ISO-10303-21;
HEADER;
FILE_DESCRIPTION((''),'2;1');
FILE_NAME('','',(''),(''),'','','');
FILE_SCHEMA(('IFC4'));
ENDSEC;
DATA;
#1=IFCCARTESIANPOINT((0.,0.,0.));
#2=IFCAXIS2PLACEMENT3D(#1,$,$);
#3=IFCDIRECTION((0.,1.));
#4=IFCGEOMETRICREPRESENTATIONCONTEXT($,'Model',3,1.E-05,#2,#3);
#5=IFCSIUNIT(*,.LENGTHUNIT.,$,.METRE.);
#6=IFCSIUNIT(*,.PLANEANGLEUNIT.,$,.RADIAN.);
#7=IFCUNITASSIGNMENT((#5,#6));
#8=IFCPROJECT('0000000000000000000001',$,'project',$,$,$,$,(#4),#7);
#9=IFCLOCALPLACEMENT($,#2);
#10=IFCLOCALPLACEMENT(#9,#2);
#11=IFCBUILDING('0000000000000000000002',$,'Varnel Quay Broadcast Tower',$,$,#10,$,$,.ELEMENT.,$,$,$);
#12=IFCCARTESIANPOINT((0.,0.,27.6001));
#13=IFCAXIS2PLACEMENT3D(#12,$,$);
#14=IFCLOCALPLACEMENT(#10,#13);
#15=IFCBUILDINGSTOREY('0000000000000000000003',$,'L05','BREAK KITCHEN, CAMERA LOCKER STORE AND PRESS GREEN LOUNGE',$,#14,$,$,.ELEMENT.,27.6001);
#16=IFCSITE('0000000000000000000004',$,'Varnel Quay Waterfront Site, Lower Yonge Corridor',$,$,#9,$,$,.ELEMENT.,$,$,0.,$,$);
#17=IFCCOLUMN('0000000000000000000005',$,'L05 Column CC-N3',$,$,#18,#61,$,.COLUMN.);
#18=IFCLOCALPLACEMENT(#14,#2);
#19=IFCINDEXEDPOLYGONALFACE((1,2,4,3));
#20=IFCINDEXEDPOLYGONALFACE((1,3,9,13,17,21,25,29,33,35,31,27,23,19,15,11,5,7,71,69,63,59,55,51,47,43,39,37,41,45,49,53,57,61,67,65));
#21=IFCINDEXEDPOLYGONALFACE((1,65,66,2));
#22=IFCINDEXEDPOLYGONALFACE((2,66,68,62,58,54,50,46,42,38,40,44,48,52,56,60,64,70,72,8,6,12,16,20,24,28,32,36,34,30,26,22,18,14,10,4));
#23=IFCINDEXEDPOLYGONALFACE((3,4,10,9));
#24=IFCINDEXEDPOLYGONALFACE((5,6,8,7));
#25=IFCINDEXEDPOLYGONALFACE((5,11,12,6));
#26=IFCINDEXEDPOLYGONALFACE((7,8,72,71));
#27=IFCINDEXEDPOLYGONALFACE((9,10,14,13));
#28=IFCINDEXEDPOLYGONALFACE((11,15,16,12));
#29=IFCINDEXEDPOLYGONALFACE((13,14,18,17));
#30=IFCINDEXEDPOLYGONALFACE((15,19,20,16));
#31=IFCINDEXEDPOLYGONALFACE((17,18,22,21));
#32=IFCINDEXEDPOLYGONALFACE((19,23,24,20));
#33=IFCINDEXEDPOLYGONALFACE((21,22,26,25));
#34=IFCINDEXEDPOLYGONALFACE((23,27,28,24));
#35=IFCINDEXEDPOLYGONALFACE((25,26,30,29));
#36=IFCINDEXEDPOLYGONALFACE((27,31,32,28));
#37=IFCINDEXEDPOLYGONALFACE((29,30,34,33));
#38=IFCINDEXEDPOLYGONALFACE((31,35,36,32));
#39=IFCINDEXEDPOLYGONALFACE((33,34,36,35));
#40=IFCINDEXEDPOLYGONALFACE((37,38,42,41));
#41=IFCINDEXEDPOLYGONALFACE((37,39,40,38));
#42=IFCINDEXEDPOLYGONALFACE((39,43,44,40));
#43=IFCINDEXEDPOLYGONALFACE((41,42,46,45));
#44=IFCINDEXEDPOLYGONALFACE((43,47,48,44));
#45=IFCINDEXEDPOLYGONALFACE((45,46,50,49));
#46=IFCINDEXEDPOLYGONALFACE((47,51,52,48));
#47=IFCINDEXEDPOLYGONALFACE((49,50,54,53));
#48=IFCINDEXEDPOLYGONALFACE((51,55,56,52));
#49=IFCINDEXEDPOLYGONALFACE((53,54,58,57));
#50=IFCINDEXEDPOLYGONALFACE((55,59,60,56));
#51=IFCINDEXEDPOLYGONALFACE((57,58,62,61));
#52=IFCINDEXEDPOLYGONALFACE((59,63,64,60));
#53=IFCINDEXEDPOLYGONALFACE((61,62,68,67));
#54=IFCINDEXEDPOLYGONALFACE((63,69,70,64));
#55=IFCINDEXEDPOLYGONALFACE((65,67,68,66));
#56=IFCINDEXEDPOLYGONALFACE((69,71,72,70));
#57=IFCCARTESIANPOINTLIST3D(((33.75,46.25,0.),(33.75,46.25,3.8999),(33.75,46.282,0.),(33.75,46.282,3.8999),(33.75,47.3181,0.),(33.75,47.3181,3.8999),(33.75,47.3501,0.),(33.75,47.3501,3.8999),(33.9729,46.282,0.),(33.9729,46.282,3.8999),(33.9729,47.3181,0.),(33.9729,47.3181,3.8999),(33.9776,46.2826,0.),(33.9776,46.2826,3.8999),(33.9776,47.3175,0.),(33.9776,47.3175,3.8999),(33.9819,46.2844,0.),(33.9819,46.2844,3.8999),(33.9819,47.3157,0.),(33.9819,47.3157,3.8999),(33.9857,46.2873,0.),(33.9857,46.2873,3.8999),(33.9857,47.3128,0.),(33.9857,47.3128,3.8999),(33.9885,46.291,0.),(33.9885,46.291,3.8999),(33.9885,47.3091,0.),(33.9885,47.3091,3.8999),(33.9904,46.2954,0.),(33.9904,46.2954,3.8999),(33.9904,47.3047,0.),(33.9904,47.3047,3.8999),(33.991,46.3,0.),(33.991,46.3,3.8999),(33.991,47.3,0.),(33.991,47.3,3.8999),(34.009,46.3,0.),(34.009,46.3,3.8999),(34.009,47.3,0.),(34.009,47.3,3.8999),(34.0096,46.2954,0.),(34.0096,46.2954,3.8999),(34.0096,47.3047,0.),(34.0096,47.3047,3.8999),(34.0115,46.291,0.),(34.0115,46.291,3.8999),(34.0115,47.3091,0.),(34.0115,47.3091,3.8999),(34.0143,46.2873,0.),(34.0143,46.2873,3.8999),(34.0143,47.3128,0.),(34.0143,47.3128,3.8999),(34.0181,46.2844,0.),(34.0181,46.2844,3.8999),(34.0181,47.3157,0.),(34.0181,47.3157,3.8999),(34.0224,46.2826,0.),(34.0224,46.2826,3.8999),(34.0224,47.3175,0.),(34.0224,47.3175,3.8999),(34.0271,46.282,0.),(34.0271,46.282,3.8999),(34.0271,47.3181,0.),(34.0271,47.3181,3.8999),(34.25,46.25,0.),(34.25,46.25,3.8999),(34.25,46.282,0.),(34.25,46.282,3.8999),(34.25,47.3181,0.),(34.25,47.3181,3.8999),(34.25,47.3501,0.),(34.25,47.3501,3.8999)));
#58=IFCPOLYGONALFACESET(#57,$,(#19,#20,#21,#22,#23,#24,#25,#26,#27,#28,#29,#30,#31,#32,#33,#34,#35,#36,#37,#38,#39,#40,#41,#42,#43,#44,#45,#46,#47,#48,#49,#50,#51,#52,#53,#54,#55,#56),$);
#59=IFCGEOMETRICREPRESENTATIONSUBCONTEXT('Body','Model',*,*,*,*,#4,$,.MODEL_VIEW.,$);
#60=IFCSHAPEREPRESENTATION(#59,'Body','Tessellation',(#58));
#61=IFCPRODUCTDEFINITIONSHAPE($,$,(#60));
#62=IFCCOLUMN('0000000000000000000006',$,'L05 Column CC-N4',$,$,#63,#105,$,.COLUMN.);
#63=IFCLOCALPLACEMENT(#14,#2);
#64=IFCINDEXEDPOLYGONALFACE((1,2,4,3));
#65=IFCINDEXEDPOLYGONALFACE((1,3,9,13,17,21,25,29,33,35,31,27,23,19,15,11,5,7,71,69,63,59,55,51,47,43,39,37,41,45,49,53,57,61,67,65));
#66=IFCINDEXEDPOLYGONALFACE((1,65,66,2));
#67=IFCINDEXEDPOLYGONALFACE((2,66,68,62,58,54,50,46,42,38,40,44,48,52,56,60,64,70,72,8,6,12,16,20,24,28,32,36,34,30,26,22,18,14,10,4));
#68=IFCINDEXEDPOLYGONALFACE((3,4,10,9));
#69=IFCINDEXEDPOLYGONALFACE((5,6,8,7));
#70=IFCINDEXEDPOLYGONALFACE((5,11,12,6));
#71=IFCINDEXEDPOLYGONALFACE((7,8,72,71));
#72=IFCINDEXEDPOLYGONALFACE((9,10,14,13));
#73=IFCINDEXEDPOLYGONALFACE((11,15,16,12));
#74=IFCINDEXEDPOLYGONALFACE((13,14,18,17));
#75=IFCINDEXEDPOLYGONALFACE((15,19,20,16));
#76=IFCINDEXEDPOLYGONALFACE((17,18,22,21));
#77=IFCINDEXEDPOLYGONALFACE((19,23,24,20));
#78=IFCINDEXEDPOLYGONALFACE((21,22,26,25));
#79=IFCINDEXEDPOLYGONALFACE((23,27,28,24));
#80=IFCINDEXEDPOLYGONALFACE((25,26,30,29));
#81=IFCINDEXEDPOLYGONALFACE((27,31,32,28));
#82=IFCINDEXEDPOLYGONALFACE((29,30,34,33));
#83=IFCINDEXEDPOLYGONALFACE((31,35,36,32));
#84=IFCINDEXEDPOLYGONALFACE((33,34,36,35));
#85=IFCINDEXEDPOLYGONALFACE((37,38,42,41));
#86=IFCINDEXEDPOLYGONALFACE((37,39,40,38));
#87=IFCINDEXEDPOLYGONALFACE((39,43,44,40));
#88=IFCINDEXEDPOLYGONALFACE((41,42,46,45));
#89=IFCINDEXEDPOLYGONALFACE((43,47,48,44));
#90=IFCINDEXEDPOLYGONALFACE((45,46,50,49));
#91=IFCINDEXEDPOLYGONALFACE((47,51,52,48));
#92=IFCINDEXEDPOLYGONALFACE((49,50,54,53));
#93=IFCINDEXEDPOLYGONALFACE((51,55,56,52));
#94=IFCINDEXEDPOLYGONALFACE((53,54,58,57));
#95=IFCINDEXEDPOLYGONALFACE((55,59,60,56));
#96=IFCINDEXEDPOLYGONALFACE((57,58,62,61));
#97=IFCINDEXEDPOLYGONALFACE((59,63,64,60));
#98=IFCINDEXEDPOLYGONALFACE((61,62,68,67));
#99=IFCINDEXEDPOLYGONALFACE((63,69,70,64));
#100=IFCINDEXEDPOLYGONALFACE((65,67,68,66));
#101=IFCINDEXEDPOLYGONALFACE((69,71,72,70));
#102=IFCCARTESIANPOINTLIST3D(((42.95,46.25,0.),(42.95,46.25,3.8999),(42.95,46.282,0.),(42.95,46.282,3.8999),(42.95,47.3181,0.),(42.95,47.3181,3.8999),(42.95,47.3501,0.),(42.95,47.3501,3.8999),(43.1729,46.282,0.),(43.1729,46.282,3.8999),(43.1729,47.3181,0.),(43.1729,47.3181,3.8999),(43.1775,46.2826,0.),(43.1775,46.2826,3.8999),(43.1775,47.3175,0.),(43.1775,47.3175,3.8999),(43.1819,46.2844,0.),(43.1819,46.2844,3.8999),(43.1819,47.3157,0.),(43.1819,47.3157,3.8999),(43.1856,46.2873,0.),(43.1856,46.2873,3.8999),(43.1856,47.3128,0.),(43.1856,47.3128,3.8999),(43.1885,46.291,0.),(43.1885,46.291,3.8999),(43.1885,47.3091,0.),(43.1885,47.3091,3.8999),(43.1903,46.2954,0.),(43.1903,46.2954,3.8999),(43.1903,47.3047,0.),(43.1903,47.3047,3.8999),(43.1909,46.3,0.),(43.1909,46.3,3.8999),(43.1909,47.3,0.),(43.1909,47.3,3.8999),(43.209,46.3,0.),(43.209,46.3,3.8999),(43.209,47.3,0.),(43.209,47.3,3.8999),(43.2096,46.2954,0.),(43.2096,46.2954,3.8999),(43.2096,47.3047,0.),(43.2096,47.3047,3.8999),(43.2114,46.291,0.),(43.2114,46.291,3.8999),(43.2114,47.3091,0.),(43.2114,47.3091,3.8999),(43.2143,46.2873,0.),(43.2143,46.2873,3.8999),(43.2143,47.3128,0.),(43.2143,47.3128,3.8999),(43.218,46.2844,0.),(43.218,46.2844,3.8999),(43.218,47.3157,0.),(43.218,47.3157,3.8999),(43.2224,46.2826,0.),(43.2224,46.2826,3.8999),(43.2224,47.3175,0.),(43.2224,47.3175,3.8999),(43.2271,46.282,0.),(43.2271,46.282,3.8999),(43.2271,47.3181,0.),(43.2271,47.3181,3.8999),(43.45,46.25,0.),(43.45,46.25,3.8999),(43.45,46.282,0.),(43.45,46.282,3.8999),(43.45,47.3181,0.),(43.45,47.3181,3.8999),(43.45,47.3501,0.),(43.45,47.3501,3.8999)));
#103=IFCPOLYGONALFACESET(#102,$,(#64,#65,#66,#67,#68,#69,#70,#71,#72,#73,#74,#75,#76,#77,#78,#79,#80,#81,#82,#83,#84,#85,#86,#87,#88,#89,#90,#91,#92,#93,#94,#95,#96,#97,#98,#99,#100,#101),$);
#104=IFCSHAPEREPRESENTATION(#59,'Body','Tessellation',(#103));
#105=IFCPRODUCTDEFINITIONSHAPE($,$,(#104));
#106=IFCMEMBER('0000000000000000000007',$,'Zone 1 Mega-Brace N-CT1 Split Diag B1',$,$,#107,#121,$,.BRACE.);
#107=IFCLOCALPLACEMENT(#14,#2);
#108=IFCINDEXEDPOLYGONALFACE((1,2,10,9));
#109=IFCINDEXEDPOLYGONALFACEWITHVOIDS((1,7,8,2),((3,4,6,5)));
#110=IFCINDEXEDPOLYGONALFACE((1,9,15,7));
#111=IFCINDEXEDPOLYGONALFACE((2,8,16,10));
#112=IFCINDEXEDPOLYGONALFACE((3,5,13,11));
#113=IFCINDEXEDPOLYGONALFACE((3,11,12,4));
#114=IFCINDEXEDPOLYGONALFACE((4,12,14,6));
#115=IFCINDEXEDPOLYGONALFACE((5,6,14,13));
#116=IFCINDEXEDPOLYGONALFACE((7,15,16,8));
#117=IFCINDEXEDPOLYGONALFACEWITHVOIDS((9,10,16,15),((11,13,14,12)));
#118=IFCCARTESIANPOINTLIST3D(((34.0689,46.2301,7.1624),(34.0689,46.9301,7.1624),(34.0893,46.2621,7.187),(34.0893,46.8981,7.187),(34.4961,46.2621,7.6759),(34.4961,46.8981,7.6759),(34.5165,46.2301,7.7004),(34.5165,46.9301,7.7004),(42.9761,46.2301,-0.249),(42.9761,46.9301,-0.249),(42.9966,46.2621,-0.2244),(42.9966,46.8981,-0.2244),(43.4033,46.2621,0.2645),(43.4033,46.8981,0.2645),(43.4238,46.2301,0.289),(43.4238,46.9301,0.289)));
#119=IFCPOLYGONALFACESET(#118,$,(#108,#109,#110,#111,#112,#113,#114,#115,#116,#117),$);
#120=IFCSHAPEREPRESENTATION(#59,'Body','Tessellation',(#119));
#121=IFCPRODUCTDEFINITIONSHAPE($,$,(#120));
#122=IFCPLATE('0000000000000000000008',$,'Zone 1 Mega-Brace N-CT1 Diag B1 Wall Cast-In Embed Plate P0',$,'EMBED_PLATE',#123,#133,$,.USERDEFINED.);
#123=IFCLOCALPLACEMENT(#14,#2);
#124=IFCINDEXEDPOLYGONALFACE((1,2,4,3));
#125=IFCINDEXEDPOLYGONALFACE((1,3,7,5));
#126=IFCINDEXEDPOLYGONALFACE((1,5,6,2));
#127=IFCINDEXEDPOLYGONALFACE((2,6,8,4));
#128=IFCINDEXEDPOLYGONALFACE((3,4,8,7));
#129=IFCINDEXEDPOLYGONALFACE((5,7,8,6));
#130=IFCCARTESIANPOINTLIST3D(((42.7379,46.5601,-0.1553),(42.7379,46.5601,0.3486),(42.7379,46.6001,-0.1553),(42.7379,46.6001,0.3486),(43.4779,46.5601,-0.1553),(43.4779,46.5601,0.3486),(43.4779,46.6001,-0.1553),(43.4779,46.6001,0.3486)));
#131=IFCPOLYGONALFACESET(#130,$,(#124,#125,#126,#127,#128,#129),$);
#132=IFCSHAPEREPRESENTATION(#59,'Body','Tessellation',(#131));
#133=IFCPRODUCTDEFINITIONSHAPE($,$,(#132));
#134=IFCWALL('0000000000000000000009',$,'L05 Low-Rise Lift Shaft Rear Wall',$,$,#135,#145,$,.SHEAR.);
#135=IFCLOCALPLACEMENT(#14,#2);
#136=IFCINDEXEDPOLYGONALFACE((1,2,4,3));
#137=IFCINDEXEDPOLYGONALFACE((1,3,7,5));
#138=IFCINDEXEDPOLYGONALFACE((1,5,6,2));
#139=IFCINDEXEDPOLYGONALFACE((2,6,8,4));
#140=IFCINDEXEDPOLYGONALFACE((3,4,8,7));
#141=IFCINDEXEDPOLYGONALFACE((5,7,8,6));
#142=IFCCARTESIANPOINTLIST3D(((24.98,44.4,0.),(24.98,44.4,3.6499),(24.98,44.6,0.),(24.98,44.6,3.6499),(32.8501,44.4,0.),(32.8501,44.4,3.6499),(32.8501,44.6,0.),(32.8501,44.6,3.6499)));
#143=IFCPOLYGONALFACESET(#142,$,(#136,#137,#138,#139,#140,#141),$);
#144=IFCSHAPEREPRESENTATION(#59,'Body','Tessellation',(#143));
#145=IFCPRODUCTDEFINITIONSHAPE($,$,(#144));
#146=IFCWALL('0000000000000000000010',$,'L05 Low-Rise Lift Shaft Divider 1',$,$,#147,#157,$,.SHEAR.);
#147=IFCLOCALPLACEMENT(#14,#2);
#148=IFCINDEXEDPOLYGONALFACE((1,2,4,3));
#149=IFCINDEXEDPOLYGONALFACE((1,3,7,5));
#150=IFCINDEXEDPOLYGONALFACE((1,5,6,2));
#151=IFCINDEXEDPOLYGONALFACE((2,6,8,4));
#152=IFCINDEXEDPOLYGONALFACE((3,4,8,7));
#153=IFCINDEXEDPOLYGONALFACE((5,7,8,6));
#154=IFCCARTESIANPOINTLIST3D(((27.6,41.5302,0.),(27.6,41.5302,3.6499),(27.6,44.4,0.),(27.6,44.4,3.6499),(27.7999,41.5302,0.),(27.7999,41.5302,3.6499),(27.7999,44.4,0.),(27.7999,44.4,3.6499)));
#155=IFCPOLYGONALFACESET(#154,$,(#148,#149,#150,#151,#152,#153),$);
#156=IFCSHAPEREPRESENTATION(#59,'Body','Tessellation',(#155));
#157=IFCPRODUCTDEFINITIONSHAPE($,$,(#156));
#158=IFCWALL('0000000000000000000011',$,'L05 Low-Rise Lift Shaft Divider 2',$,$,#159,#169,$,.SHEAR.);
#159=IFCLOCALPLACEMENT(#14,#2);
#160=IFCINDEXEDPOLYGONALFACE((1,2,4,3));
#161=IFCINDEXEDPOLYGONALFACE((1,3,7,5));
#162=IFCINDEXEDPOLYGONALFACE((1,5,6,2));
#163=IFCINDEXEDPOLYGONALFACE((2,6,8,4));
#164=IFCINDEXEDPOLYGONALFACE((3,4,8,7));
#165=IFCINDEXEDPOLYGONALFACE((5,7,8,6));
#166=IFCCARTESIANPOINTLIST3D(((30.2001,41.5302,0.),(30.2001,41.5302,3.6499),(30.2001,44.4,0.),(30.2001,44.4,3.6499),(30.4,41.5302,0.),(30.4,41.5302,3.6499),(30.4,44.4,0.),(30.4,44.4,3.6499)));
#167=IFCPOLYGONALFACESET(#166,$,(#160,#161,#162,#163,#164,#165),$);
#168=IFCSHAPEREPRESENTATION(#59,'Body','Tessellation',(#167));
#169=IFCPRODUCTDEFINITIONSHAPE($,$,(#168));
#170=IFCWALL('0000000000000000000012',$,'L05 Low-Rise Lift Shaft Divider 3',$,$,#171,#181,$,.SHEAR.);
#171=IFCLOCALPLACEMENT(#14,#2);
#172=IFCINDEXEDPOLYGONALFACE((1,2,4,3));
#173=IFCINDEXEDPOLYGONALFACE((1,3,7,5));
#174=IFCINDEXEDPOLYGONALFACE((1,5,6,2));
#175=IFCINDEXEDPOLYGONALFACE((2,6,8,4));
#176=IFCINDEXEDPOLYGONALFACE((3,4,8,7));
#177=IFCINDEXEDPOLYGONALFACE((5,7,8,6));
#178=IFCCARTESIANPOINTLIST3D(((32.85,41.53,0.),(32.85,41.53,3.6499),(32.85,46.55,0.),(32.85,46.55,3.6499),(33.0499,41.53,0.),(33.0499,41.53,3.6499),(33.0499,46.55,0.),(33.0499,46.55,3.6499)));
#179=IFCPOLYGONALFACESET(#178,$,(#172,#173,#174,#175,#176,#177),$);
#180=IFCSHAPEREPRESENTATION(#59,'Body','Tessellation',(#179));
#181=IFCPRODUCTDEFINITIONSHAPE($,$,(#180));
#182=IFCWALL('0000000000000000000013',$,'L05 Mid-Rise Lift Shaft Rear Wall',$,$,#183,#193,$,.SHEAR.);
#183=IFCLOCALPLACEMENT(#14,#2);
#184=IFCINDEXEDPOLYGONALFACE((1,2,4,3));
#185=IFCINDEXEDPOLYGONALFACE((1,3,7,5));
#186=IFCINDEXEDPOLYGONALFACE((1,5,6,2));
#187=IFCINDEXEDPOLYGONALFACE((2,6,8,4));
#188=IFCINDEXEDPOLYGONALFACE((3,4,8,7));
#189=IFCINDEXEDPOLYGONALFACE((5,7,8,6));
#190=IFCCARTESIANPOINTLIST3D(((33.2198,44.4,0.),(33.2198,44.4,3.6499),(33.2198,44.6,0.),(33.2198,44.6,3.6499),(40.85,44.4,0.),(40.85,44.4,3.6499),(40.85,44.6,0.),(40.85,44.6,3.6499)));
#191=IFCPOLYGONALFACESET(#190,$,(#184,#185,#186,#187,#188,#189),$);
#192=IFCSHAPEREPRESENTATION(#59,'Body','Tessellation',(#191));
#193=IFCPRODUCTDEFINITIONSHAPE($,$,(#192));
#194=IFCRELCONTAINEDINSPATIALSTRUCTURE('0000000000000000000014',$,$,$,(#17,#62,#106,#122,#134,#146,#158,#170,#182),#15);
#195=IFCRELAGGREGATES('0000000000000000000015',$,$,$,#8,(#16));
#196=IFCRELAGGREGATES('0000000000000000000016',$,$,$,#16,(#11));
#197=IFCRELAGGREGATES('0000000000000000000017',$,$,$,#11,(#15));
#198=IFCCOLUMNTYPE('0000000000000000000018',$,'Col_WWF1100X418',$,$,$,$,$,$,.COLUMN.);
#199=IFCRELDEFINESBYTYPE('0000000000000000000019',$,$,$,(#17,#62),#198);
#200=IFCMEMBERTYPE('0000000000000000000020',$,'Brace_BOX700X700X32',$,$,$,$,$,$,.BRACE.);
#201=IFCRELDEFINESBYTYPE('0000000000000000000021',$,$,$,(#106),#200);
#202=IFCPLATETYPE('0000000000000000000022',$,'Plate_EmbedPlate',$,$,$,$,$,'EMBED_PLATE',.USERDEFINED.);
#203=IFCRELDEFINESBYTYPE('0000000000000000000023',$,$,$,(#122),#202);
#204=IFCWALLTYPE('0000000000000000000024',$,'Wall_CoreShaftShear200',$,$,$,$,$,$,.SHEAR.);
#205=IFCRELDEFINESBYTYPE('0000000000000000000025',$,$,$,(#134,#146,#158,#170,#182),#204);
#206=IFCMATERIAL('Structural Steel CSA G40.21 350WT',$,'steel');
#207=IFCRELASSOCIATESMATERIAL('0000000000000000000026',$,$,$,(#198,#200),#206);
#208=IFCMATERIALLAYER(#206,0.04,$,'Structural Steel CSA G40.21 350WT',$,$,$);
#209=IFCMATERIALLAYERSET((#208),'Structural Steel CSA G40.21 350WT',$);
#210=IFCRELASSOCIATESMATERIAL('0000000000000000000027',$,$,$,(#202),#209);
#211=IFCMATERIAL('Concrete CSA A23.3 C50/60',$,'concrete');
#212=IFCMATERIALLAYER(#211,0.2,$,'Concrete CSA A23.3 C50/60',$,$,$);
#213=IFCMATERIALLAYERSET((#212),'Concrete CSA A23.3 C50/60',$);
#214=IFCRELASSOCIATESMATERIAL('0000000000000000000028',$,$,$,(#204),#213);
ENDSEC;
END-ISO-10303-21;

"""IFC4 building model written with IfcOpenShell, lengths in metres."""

from ifc_helpers import new_model, si_unit, direction, frame, frame_2d, origin, origin_2d, place, context, subcontext, project, spatial, rectangle, hollow_rectangle, i_section, extrude, source, transform, mapped, material, layer, layer_set, material_profile, profile_set, type_object, type_shapes, element, save


model = new_model("IFC4")

# Units and contexts
model_context = context("Model", 3, precision=1e-05, world=origin(), true_north=direction((0.0, 1.0)))
body_context = subcontext(model_context, "Body", "Model", "MODEL_VIEW")
ifc_project = project(units=[si_unit("LENGTHUNIT", "METRE"), si_unit("PLANEANGLEUNIT", "RADIAN")], contexts=[model_context])

# Site, building, storey
site_placement = place(None, origin())
site = spatial("IfcSite", under=ifc_project, at=site_placement, Name="Varnel Quay Waterfront Site, Lower Yonge Corridor", CompositionType="ELEMENT", RefElevation=0.0)
building_placement = place(site_placement, origin())
building = spatial("IfcBuilding", under=site, at=building_placement, Name="Varnel Quay Broadcast Tower", CompositionType="ELEMENT")
storey_placement = place(building_placement, frame((0.0, 0.0, 27.6001)))
storey = spatial("IfcBuildingStorey", under=building, at=storey_placement, Name="L05", Description="BREAK KITCHEN, CAMERA LOCKER STORE AND PRESS GREEN LOUNGE", CompositionType="ELEMENT", Elevation=27.6001)

# Columns
ifc_material_1 = material(Name="Structural Steel CSA G40.21 350WT", Category="steel")
ifc_material_profile_1 = material_profile(ifc_material_1, i_section(OverallWidth=0.5, OverallDepth=1.1001, WebThickness=0.0181, FlangeThickness=0.032, FilletRadius=0.0181, at=origin_2d()), Name="WWF1100X418")
ifc_profile_set_1 = profile_set([ifc_material_profile_1], Name="Structural Steel CSA G40.21 350WT")
column_type = type_object("IfcColumnType", Name="Col_WWF1100X418", PredefinedType="COLUMN", material=ifc_profile_set_1)
shared_shape_1 = source(origin(), body_context, "Body", "SweptSolid", [
    extrude(i_section(OverallWidth=0.5, OverallDepth=1.1001, WebThickness=0.0181, FlangeThickness=0.032, FilletRadius=0.0181, at=origin_2d()), origin(), (0.0, 0.0, 1.0), 3.8999),
])
type_shapes(column_type, [shared_shape_1])
for number, where, z_axis, x_axis, name in (
    (1, (34.0, 46.8, 0.0), (0.0, 0.0, 1.0), (1.0, 0.0, 0.0), "L05 Column CC-N3"),
    (2, (43.2, 46.8, 0.0), (0.0, 0.0, 1.0), (1.0, 0.0, 0.0), "L05 Column CC-N4"),
):
    element("IfcColumn", number, at=place(storey_placement, frame(where, z_axis=z_axis, x_axis=x_axis)), inside=storey, type_object=column_type, Name=name, PredefinedType="COLUMN", context=body_context, shape_type="MappedRepresentation", body=[
        mapped(shared_shape_1, transform((0.0, 0.0, 0.0), x_axis=(1.0, 0.0, 0.0), y_axis=(0.0, 1.0, 0.0), z_axis=(0.0, 0.0, 1.0), scale=1.0)),
    ])

# Member
ifc_material_profile_2 = material_profile(ifc_material_1, hollow_rectangle(XDim=0.7, YDim=0.7, WallThickness=0.032, at=origin_2d()), Name="BOX700X700X32")
ifc_profile_set_2 = profile_set([ifc_material_profile_2], Name="Structural Steel CSA G40.21 350WT")
member_type = type_object("IfcMemberType", Name="Brace_BOX700X700X32", PredefinedType="BRACE", material=ifc_profile_set_2)
shared_shape_2 = source(origin(), body_context, "Body", "SweptSolid", [
    extrude(hollow_rectangle(XDim=0.7, YDim=0.7, WallThickness=0.032, at=origin_2d()), origin(), (0.0, 0.0, 1.0), 11.5874),
])
type_shapes(member_type, [shared_shape_2])
member_placement = place(storey_placement, frame((43.2, 46.5801, 0.02), z_axis=(-0.768701, 0.0, 0.639608), x_axis=(0.0, -1.0, 0.0)))
element("IfcMember", 3, at=member_placement, inside=storey, type_object=member_type, Name="Zone 1 Mega-Brace N-CT1 Split Diag B1", PredefinedType="BRACE", context=body_context, shape_type="MappedRepresentation", body=[
    mapped(shared_shape_2, transform((0.0, 0.0, 0.0), x_axis=(1.0, 0.0, 0.0), y_axis=(0.0, 1.0, 0.0), z_axis=(0.0, 0.0, 1.0), scale=1.0)),
])

# Plate
ifc_layer_1 = layer(ifc_material_1, 0.04, Name="Structural Steel CSA G40.21 350WT")
ifc_layer_set_1 = layer_set([ifc_layer_1], Name="Structural Steel CSA G40.21 350WT")
plate_type = type_object("IfcPlateType", Name="Plate_EmbedPlate", ElementType="EMBED_PLATE", PredefinedType="USERDEFINED", material=ifc_layer_set_1)
shared_shape_3 = source(origin(), body_context, "Body", "SweptSolid", [
    extrude(rectangle(XDim=0.74, YDim=0.04, at=origin_2d()), origin(), (0.0, 0.0, 1.0), 0.5039),
])
type_shapes(plate_type, [shared_shape_3])
plate_placement = place(storey_placement, frame((43.1079, 46.5801, -0.1553), z_axis=(0.0, 0.0, 1.0), x_axis=(1.0, 0.0, 0.0)))
element("IfcPlate", 4, at=plate_placement, inside=storey, type_object=plate_type, Name="Zone 1 Mega-Brace N-CT1 Diag B1 Wall Cast-In Embed Plate P0", ObjectType="EMBED_PLATE", PredefinedType="USERDEFINED", context=body_context, shape_type="MappedRepresentation", body=[
    mapped(shared_shape_3, transform((0.0, 0.0, 0.0), x_axis=(1.0, 0.0, 0.0), y_axis=(0.0, 1.0, 0.0), z_axis=(0.0, 0.0, 1.0), scale=1.0)),
])

# Walls
ifc_material_2 = material(Name="Concrete CSA A23.3 C50/60", Category="concrete")
ifc_layer_2 = layer(ifc_material_2, 0.2, Name="Concrete CSA A23.3 C50/60")
ifc_layer_set_2 = layer_set([ifc_layer_2], Name="Concrete CSA A23.3 C50/60")
wall_type_1 = type_object("IfcWallType", Name="Wall_CoreShaftShear200", PredefinedType="SHEAR", material=ifc_layer_set_2)
wall_1_placement = place(storey_placement, frame((24.98, 44.5, 0.0), z_axis=(0.0, 0.0, 1.0), x_axis=(1.0, 0.0, 0.0)))
element("IfcWall", 5, at=wall_1_placement, inside=storey, type_object=wall_type_1, Name="L05 Low-Rise Lift Shaft Rear Wall", PredefinedType="SHEAR", context=body_context, shape_type="SweptSolid", body=[
    extrude(rectangle(XDim=7.8701, YDim=0.2, at=frame_2d((3.9351, 0.0))), origin(), (0.0, 0.0, 1.0), 3.6499),
])
for number, where, z_axis, x_axis, name in (
    (6, (27.7, 41.53, 0.0), (0.0, 0.0, 1.0), (0.0, 1.0, 0.0), "L05 Low-Rise Lift Shaft Divider 1"),
    (7, (30.3, 41.53, 0.0), (0.0, 0.0, 1.0), (0.0, 1.0, 0.0), "L05 Low-Rise Lift Shaft Divider 2"),
):
    element("IfcWall", number, at=place(storey_placement, frame(where, z_axis=z_axis, x_axis=x_axis)), inside=storey, type_object=wall_type_1, Name=name, PredefinedType="SHEAR", context=body_context, shape_type="SweptSolid", body=[
        extrude(rectangle(XDim=2.8699, YDim=0.2, at=frame_2d((1.4351, 0.0))), origin(), (0.0, 0.0, 1.0), 3.6499),
    ])
wall_2_placement = place(storey_placement, frame((32.95, 41.53, 0.0), z_axis=(0.0, 0.0, 1.0), x_axis=(0.0, 1.0, 0.0)))
element("IfcWall", 8, at=wall_2_placement, inside=storey, type_object=wall_type_1, Name="L05 Low-Rise Lift Shaft Divider 3", PredefinedType="SHEAR", context=body_context, shape_type="SweptSolid", body=[
    extrude(rectangle(XDim=5.02, YDim=0.2, at=frame_2d((2.51, 0.0))), origin(), (0.0, 0.0, 1.0), 3.6499),
])
wall_3_placement = place(storey_placement, frame((33.22, 44.5, 0.0), z_axis=(0.0, 0.0, 1.0), x_axis=(1.0, 0.0, 0.0)))
element("IfcWall", 9, at=wall_3_placement, inside=storey, type_object=wall_type_1, Name="L05 Mid-Rise Lift Shaft Rear Wall", PredefinedType="SHEAR", context=body_context, shape_type="SweptSolid", body=[
    extrude(rectangle(XDim=7.6301, YDim=0.2, at=frame_2d((3.8149, 0.0))), origin(), (0.0, 0.0, 1.0), 3.6499),
])

save(model, "model.ifc")
